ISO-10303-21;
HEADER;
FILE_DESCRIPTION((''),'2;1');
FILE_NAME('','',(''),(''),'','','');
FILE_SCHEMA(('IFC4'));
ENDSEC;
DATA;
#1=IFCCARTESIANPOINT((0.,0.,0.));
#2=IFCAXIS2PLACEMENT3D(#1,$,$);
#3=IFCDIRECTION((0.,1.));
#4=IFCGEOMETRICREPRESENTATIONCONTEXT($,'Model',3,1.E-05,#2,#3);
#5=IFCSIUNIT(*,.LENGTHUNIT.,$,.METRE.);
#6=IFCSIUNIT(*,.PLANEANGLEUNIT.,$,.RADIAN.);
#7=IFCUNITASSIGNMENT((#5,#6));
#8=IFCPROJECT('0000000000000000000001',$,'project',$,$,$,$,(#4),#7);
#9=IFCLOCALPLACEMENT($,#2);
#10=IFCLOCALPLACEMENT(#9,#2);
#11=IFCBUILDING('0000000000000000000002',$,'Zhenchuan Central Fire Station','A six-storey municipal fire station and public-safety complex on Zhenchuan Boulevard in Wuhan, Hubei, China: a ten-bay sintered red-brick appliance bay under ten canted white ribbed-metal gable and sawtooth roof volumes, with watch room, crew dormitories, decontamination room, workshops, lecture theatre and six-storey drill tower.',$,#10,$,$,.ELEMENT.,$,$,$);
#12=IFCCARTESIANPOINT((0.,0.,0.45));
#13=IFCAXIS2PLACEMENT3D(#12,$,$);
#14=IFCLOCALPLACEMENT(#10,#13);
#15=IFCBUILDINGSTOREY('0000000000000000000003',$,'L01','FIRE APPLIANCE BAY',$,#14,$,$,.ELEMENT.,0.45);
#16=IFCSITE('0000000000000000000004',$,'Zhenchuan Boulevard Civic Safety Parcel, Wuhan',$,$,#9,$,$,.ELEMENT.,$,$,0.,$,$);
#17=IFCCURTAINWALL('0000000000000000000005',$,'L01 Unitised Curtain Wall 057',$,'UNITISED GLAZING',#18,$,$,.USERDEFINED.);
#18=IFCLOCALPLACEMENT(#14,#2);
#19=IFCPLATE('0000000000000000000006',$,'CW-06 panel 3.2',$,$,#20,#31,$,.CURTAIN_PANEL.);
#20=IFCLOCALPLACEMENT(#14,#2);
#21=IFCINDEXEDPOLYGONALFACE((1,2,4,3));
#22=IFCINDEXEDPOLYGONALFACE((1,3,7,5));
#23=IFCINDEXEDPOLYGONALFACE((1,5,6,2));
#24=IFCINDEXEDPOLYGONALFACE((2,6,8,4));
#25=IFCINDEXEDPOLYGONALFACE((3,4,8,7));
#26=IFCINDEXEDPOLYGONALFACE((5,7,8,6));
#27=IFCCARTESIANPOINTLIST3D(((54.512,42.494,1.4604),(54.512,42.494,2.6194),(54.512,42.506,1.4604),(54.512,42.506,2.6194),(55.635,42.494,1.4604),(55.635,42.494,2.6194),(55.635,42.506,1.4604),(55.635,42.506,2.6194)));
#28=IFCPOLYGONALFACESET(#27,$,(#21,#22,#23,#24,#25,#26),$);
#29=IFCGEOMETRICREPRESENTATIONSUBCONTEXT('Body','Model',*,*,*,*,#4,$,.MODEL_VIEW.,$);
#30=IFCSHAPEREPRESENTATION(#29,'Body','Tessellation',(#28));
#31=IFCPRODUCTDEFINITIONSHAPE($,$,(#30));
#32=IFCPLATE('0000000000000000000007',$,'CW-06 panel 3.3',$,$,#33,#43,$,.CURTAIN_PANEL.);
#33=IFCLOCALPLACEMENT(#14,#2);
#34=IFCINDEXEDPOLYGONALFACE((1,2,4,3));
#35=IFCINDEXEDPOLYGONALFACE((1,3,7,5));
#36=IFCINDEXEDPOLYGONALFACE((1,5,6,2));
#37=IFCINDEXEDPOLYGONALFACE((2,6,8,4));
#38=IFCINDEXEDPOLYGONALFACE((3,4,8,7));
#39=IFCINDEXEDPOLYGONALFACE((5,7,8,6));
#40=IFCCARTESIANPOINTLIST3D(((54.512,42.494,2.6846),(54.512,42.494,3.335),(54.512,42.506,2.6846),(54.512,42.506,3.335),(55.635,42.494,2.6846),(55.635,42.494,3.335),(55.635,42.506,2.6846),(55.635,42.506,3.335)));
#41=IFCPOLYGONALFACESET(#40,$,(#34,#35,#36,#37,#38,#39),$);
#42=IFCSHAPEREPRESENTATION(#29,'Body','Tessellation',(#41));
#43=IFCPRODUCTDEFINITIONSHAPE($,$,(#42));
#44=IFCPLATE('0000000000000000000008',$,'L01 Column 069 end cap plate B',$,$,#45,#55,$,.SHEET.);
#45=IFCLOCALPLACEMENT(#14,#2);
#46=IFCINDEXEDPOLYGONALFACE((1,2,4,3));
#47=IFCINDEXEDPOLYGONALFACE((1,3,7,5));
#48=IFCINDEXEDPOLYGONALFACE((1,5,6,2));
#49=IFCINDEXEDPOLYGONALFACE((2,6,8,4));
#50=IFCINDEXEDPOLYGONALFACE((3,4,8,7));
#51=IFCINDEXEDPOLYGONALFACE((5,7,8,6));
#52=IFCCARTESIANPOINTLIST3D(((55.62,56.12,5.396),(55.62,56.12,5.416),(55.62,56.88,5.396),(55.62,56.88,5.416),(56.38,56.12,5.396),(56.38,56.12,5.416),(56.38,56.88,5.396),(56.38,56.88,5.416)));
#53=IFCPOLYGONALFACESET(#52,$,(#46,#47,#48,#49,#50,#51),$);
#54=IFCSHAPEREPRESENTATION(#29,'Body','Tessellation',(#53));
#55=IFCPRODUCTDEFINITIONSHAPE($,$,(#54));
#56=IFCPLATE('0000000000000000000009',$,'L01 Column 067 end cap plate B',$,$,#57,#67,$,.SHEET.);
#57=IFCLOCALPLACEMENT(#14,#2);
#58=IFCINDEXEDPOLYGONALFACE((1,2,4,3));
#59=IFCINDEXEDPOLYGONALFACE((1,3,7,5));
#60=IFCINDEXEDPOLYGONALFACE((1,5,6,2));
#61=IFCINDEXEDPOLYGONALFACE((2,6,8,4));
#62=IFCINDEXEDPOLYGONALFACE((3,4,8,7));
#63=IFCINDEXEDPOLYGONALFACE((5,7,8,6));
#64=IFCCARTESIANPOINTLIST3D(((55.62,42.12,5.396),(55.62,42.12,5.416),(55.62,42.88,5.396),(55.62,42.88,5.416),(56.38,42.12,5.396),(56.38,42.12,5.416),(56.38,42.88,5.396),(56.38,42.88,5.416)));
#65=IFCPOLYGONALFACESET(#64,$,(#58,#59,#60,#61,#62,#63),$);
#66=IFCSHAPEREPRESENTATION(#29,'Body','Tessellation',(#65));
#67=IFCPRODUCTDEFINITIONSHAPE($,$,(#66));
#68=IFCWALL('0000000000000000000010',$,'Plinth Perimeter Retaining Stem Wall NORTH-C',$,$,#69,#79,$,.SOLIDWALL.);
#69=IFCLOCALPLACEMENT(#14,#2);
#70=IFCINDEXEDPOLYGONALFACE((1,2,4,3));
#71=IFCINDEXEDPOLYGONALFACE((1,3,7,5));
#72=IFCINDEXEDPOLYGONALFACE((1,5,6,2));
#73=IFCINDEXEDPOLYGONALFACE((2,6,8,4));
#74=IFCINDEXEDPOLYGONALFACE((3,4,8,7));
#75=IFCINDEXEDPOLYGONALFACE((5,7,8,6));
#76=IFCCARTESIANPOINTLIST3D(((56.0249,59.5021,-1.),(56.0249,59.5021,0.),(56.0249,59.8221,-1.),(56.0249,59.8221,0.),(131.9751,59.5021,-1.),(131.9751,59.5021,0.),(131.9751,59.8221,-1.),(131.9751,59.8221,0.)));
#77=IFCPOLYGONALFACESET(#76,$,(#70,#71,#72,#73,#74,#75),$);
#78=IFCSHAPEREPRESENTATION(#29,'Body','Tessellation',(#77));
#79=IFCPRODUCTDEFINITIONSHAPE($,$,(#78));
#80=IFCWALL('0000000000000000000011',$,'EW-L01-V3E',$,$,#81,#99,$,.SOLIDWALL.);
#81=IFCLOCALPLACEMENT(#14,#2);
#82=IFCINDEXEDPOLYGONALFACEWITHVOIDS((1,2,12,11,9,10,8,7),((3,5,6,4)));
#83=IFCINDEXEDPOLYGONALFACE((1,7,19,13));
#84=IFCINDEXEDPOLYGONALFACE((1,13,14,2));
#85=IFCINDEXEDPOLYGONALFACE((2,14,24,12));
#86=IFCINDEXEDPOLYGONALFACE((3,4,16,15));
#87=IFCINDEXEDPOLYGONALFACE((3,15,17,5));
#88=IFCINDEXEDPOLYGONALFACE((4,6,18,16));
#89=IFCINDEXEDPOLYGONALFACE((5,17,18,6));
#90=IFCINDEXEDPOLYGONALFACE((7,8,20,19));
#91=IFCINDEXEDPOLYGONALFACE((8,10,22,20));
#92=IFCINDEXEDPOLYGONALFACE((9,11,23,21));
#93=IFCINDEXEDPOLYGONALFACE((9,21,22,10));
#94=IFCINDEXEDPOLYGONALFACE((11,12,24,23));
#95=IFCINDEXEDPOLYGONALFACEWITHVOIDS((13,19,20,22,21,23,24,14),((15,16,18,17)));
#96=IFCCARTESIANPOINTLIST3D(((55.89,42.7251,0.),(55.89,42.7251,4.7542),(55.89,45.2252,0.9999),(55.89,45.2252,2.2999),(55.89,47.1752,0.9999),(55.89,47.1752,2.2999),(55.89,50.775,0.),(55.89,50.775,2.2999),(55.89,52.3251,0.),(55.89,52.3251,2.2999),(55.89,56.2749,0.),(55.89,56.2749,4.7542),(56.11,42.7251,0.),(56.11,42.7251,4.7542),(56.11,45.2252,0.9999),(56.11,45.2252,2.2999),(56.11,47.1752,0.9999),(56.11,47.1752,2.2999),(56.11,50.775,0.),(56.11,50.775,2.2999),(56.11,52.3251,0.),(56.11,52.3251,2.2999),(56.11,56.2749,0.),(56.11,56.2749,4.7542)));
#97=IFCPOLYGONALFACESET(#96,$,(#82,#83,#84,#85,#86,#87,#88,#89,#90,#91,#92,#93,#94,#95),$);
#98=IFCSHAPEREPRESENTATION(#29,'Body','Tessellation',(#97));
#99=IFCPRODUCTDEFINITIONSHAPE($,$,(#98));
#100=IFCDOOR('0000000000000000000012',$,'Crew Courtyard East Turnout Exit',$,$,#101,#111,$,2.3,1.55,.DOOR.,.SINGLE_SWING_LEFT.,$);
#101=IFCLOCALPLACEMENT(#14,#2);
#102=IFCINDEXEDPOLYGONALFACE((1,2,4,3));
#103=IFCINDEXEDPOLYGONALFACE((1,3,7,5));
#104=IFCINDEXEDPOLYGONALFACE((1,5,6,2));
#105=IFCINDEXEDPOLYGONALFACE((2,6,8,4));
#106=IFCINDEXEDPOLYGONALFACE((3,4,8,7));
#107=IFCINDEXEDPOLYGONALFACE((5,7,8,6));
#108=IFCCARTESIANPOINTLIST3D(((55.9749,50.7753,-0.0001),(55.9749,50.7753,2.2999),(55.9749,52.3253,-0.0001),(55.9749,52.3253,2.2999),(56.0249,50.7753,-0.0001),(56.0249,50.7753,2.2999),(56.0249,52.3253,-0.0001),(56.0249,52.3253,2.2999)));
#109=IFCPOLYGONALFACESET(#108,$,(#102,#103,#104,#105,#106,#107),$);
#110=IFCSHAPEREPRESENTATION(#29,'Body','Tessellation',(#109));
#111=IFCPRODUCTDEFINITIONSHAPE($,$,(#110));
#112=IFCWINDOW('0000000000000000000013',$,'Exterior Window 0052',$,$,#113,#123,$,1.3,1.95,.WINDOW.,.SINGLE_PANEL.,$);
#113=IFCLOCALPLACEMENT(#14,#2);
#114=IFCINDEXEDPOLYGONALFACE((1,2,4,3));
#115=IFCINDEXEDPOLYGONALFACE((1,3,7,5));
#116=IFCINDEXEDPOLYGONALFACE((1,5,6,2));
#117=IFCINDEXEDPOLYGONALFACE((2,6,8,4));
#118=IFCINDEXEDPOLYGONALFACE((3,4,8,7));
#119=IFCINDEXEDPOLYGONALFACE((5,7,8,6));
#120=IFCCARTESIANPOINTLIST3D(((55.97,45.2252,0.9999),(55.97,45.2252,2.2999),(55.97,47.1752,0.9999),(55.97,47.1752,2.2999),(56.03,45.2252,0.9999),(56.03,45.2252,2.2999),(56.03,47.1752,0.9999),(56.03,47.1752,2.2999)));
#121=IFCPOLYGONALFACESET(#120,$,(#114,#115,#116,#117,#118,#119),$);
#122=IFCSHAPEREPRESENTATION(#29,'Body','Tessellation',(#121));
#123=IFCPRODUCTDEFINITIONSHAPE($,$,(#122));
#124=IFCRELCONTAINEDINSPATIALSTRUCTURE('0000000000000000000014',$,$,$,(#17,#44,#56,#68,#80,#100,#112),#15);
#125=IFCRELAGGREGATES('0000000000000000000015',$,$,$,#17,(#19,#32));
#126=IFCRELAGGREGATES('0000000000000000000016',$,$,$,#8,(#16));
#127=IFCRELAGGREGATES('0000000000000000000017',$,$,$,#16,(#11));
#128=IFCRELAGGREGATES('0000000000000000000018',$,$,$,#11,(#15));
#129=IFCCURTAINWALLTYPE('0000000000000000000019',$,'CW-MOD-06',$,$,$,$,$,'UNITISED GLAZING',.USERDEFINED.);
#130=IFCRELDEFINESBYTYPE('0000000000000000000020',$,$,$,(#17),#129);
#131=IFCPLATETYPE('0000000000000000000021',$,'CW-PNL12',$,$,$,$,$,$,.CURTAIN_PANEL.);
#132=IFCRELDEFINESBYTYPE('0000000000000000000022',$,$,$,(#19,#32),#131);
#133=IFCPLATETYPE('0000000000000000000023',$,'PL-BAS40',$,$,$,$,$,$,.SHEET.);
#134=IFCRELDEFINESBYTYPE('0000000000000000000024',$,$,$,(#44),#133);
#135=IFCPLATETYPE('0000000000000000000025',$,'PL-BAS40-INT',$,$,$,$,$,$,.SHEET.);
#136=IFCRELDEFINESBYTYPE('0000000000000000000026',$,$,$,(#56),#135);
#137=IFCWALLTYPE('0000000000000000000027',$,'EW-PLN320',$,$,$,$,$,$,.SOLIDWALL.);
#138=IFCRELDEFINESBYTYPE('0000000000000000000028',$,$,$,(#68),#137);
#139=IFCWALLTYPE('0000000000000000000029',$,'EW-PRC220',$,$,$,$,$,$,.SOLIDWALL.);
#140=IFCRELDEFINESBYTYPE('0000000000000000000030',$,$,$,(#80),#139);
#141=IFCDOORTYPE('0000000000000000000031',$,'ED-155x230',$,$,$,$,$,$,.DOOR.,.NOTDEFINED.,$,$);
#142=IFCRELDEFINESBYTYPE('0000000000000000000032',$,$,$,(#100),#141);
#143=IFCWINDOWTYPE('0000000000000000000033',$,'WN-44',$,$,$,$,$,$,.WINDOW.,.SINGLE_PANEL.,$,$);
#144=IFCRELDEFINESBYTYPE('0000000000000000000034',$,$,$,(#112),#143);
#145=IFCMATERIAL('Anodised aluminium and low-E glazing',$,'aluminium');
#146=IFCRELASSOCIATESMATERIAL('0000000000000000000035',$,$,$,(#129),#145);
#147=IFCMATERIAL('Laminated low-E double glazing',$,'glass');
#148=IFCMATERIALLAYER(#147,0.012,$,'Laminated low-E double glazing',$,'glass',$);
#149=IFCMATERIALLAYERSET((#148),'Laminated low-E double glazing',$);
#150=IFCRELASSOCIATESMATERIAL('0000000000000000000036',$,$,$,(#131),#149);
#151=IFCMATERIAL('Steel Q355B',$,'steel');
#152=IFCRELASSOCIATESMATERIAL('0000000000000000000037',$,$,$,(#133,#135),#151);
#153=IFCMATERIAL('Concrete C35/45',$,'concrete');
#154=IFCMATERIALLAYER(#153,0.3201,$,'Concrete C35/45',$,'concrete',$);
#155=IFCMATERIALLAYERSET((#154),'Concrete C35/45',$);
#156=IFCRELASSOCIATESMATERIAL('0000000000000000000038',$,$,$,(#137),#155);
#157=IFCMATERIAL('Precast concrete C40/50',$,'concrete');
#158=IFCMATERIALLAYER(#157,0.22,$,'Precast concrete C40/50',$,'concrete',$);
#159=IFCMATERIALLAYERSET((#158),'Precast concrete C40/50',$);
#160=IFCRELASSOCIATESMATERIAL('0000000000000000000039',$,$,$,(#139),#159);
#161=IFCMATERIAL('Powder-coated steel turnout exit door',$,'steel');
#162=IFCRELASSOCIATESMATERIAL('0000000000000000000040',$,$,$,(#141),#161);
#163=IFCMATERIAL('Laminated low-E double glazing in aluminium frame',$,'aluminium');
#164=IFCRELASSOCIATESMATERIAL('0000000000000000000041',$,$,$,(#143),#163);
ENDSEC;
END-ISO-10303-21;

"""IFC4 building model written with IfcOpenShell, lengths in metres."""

from ifc_helpers import new_model, si_unit, direction, frame, frame_2d, origin, origin_2d, place, context, subcontext, project, spatial, rectangle, extrude, material, layer, layer_set, material_profile, profile_set, type_object, element, fill, aggregate, save


model = new_model("IFC4")

# Units and contexts
model_context = context("Model", 3, precision=1e-05, world=origin(), true_north=direction((0.0, 1.0)))
body_context = subcontext(model_context, "Body", "Model", "MODEL_VIEW")
ifc_project = project(units=[si_unit("LENGTHUNIT", "METRE"), si_unit("PLANEANGLEUNIT", "RADIAN")], contexts=[model_context])

# Site, building, storey
site_placement = place(None, origin())
site = spatial("IfcSite", under=ifc_project, at=site_placement, Name="Zhenchuan Boulevard Civic Safety Parcel, Wuhan", CompositionType="ELEMENT", RefElevation=0.0)
building_placement = place(site_placement, origin())
building = spatial("IfcBuilding", under=site, at=building_placement, Name="Zhenchuan Central Fire Station", Description="A six-storey municipal fire station and public-safety complex on Zhenchuan Boulevard in Wuhan, Hubei, China: a ten-bay sintered red-brick appliance bay under ten canted white ribbed-metal gable and sawtooth roof volumes, with watch room, crew dormitories, decontamination room, workshops, lecture theatre and six-storey drill tower.", CompositionType="ELEMENT")
storey_placement = place(building_placement, frame((0.0, 0.0, 0.45)))
storey = spatial("IfcBuildingStorey", under=building, at=storey_placement, Name="L01", Description="FIRE APPLIANCE BAY", CompositionType="ELEMENT", Elevation=0.45)

# Shared definitions
ifc_material_1 = material(Name="Concrete C35/45", Category="concrete")

# Shared definitions
ifc_material_2 = material(Name="Steel Q355B", Category="steel")

# Curtain wall
ifc_material_3 = material(Name="Anodised aluminium and low-E glazing", Category="aluminium")
curtain_wall_type = type_object("IfcCurtainWallType", Name="CW-MOD-06", ElementType="UNITISED GLAZING", PredefinedType="USERDEFINED", material=ifc_material_3)
curtain_wall_placement = place(storey_placement, origin())
curtain_wall = element("IfcCurtainWall", 1, at=curtain_wall_placement, inside=storey, type_object=curtain_wall_type, Name="L01 Unitised Curtain Wall 057", ObjectType="UNITISED GLAZING", PredefinedType="USERDEFINED")

# Plates
ifc_material_4 = material(Name="Laminated low-E double glazing", Category="glass")
ifc_layer_1 = layer(ifc_material_4, 0.012, Name="Laminated low-E double glazing", Category="glass")
ifc_layer_set_1 = layer_set([ifc_layer_1], Name="Laminated low-E double glazing")
plate_type_1 = type_object("IfcPlateType", Name="CW-PNL12", PredefinedType="CURTAIN_PANEL", material=ifc_layer_set_1)
plate_1_placement = place(storey_placement, frame((55.0735, 42.5, 1.4604), z_axis=(0.0, 0.0, 1.0), x_axis=(1.0, 0.0, 0.0)))
plate_1 = element("IfcPlate", 2, at=plate_1_placement, type_object=plate_type_1, Name="CW-06 panel 3.2", PredefinedType="CURTAIN_PANEL", context=body_context, shape_type="SweptSolid", body=[
    extrude(rectangle(XDim=1.123, YDim=0.012, at=origin_2d()), origin(), (0.0, 0.0, 1.0), 1.1589),
])
plate_2_placement = place(storey_placement, frame((55.0735, 42.5, 2.6846), z_axis=(0.0, 0.0, 1.0), x_axis=(1.0, 0.0, 0.0)))
plate_2 = element("IfcPlate", 3, at=plate_2_placement, type_object=plate_type_1, Name="CW-06 panel 3.3", PredefinedType="CURTAIN_PANEL", context=body_context, shape_type="SweptSolid", body=[
    extrude(rectangle(XDim=1.123, YDim=0.012, at=origin_2d()), origin(), (0.0, 0.0, 1.0), 0.6504),
])
aggregate(curtain_wall, [plate_1, plate_2])

# Plates
ifc_material_profile_1 = material_profile(ifc_material_2, rectangle(XDim=0.76, YDim=0.76, at=origin_2d()), Name="PL 760x760x40")
ifc_profile_set_1 = profile_set([ifc_material_profile_1], Name="Steel Q355B")
plate_type_2 = type_object("IfcPlateType", Name="PL-BAS40", PredefinedType="SHEET", material=ifc_profile_set_1)
plate_3_placement = place(storey_placement, frame((56.0, 56.5, 5.396), z_axis=(0.0, 0.0, 1.0), x_axis=(1.0, 0.0, 0.0)))
element("IfcPlate", 4, at=plate_3_placement, inside=storey, type_object=plate_type_2, Name="L01 Column 069 end cap plate B", PredefinedType="SHEET", context=body_context, shape_type="SweptSolid", body=[
    extrude(rectangle(XDim=0.76, YDim=0.76, at=origin_2d()), origin(), (0.0, 0.0, 1.0), 0.02),
])
ifc_material_profile_2 = material_profile(ifc_material_2, rectangle(XDim=0.76, YDim=0.76, at=origin_2d()), Name="PL 760x760x40")
ifc_profile_set_2 = profile_set([ifc_material_profile_2], Name="Steel Q355B")
plate_type_3 = type_object("IfcPlateType", Name="PL-BAS40-INT", PredefinedType="SHEET", material=ifc_profile_set_2)
plate_4_placement = place(storey_placement, frame((56.0, 42.5, 5.396), z_axis=(0.0, 0.0, 1.0), x_axis=(1.0, 0.0, 0.0)))
element("IfcPlate", 5, at=plate_4_placement, inside=storey, type_object=plate_type_3, Name="L01 Column 067 end cap plate B", PredefinedType="SHEET", context=body_context, shape_type="SweptSolid", body=[
    extrude(rectangle(XDim=0.76, YDim=0.76, at=origin_2d()), origin(), (0.0, 0.0, 1.0), 0.02),
])

# Wall
ifc_layer_2 = layer(ifc_material_1, 0.3201, Name="Concrete C35/45", Category="concrete")
ifc_layer_set_2 = layer_set([ifc_layer_2], Name="Concrete C35/45")
wall_type_1 = type_object("IfcWallType", Name="EW-PLN320", PredefinedType="SOLIDWALL", material=ifc_layer_set_2)
wall_1_placement = place(storey_placement, frame((56.0249, 59.6621, -1.0), z_axis=(0.0, 0.0, 1.0), x_axis=(1.0, 0.0, 0.0)))
element("IfcWall", 6, at=wall_1_placement, inside=storey, type_object=wall_type_1, Name="Plinth Perimeter Retaining Stem Wall NORTH-C", PredefinedType="SOLIDWALL", context=body_context, shape_type="SweptSolid", body=[
    extrude(rectangle(XDim=75.9502, YDim=0.3201, at=frame_2d((37.9751, 0.0))), origin(), (0.0, 0.0, 1.0), 1.0),
])

# Wall, openings, door, window
ifc_material_5 = material(Name="Precast concrete C40/50", Category="concrete")
ifc_layer_3 = layer(ifc_material_5, 0.22, Name="Precast concrete C40/50", Category="concrete")
ifc_layer_set_3 = layer_set([ifc_layer_3], Name="Precast concrete C40/50")
wall_type_2 = type_object("IfcWallType", Name="EW-PRC220", PredefinedType="SOLIDWALL", material=ifc_layer_set_3)
wall_2_placement = place(storey_placement, frame((56.0, 42.7251, 0.0), z_axis=(0.0, 0.0, 1.0), x_axis=(0.0, 1.0, 0.0)))
wall_2 = element("IfcWall", 7, at=wall_2_placement, inside=storey, type_object=wall_type_2, Name="EW-L01-V3E", PredefinedType="SOLIDWALL", context=body_context, shape_type="SweptSolid", body=[
    extrude(rectangle(XDim=13.5498, YDim=0.22, at=frame_2d((6.7749, 0.0))), origin(), (0.0, 0.0, 1.0), 4.7542),
])
opening_1_placement = place(wall_2_placement, frame((8.05, 0.0, 0.0)))
opening_1 = element("IfcOpeningElement", 8, at=opening_1_placement, cuts=wall_2, PredefinedType="OPENING", context=body_context, shape_type="SweptSolid", body=[
    extrude(rectangle(XDim=1.55, YDim=2.3, at=frame_2d((0.7749, 1.1499))), frame((0.0, 0.1199, 0.0), z_axis=(0.0, -1.0, 0.0), x_axis=(1.0, 0.0, 0.0)), (0.0, 0.0, 1.0), 0.24),
])
opening_2_placement = place(wall_2_placement, frame((2.5, 0.0, 1.0)))
opening_2 = element("IfcOpeningElement", 9, at=opening_2_placement, cuts=wall_2, PredefinedType="OPENING", context=body_context, shape_type="SweptSolid", body=[
    extrude(rectangle(XDim=1.95, YDim=1.3, at=frame_2d((0.9751, 0.6499))), frame((0.0, 0.1199, 0.0), z_axis=(0.0, -1.0, 0.0), x_axis=(1.0, 0.0, 0.0)), (0.0, 0.0, 1.0), 0.24),
])
ifc_material_6 = material(Name="Powder-coated steel turnout exit door", Category="steel")
door_type = type_object("IfcDoorType", Name="ED-155x230", OperationType="NOTDEFINED", PredefinedType="DOOR", material=ifc_material_6)
door_placement = place(opening_1_placement, frame((1.55, 0.0, 0.0), z_axis=(0.0, 0.0, 1.0), x_axis=(-1.0, 0.0, 0.0)))
door = element("IfcDoor", 10, at=door_placement, inside=storey, type_object=door_type, Name="Crew Courtyard East Turnout Exit", OperationType="SINGLE_SWING_LEFT", OverallHeight=2.3, OverallWidth=1.55, PredefinedType="DOOR", context=body_context, shape_type="SweptSolid", body=[
    extrude(rectangle(XDim=1.55, YDim=2.3, at=frame_2d((0.7749, 1.1499))), frame((0.0, 0.0249, 0.0), z_axis=(0.0, -1.0, 0.0), x_axis=(1.0, 0.0, 0.0)), (0.0, 0.0, 1.0), 0.05),
])
fill(opening_1, door)
ifc_material_7 = material(Name="Laminated low-E double glazing in aluminium frame", Category="aluminium")
window_type = type_object("IfcWindowType", Name="WN-44", PartitioningType="SINGLE_PANEL", PredefinedType="WINDOW", material=ifc_material_7)
window_placement = place(opening_2_placement, origin())
window = element("IfcWindow", 11, at=window_placement, inside=storey, type_object=window_type, Name="Exterior Window 0052", OverallHeight=1.3, OverallWidth=1.95, PartitioningType="SINGLE_PANEL", PredefinedType="WINDOW", context=body_context, shape_type="SweptSolid", body=[
    extrude(rectangle(XDim=1.95, YDim=1.3, at=frame_2d((0.9751, 0.6499))), frame((0.0, 0.03, 0.0), z_axis=(0.0, -1.0, 0.0), x_axis=(1.0, 0.0, 0.0)), (0.0, 0.0, 1.0), 0.0601),
])
fill(opening_2, window)

save(model, "model.ifc")
